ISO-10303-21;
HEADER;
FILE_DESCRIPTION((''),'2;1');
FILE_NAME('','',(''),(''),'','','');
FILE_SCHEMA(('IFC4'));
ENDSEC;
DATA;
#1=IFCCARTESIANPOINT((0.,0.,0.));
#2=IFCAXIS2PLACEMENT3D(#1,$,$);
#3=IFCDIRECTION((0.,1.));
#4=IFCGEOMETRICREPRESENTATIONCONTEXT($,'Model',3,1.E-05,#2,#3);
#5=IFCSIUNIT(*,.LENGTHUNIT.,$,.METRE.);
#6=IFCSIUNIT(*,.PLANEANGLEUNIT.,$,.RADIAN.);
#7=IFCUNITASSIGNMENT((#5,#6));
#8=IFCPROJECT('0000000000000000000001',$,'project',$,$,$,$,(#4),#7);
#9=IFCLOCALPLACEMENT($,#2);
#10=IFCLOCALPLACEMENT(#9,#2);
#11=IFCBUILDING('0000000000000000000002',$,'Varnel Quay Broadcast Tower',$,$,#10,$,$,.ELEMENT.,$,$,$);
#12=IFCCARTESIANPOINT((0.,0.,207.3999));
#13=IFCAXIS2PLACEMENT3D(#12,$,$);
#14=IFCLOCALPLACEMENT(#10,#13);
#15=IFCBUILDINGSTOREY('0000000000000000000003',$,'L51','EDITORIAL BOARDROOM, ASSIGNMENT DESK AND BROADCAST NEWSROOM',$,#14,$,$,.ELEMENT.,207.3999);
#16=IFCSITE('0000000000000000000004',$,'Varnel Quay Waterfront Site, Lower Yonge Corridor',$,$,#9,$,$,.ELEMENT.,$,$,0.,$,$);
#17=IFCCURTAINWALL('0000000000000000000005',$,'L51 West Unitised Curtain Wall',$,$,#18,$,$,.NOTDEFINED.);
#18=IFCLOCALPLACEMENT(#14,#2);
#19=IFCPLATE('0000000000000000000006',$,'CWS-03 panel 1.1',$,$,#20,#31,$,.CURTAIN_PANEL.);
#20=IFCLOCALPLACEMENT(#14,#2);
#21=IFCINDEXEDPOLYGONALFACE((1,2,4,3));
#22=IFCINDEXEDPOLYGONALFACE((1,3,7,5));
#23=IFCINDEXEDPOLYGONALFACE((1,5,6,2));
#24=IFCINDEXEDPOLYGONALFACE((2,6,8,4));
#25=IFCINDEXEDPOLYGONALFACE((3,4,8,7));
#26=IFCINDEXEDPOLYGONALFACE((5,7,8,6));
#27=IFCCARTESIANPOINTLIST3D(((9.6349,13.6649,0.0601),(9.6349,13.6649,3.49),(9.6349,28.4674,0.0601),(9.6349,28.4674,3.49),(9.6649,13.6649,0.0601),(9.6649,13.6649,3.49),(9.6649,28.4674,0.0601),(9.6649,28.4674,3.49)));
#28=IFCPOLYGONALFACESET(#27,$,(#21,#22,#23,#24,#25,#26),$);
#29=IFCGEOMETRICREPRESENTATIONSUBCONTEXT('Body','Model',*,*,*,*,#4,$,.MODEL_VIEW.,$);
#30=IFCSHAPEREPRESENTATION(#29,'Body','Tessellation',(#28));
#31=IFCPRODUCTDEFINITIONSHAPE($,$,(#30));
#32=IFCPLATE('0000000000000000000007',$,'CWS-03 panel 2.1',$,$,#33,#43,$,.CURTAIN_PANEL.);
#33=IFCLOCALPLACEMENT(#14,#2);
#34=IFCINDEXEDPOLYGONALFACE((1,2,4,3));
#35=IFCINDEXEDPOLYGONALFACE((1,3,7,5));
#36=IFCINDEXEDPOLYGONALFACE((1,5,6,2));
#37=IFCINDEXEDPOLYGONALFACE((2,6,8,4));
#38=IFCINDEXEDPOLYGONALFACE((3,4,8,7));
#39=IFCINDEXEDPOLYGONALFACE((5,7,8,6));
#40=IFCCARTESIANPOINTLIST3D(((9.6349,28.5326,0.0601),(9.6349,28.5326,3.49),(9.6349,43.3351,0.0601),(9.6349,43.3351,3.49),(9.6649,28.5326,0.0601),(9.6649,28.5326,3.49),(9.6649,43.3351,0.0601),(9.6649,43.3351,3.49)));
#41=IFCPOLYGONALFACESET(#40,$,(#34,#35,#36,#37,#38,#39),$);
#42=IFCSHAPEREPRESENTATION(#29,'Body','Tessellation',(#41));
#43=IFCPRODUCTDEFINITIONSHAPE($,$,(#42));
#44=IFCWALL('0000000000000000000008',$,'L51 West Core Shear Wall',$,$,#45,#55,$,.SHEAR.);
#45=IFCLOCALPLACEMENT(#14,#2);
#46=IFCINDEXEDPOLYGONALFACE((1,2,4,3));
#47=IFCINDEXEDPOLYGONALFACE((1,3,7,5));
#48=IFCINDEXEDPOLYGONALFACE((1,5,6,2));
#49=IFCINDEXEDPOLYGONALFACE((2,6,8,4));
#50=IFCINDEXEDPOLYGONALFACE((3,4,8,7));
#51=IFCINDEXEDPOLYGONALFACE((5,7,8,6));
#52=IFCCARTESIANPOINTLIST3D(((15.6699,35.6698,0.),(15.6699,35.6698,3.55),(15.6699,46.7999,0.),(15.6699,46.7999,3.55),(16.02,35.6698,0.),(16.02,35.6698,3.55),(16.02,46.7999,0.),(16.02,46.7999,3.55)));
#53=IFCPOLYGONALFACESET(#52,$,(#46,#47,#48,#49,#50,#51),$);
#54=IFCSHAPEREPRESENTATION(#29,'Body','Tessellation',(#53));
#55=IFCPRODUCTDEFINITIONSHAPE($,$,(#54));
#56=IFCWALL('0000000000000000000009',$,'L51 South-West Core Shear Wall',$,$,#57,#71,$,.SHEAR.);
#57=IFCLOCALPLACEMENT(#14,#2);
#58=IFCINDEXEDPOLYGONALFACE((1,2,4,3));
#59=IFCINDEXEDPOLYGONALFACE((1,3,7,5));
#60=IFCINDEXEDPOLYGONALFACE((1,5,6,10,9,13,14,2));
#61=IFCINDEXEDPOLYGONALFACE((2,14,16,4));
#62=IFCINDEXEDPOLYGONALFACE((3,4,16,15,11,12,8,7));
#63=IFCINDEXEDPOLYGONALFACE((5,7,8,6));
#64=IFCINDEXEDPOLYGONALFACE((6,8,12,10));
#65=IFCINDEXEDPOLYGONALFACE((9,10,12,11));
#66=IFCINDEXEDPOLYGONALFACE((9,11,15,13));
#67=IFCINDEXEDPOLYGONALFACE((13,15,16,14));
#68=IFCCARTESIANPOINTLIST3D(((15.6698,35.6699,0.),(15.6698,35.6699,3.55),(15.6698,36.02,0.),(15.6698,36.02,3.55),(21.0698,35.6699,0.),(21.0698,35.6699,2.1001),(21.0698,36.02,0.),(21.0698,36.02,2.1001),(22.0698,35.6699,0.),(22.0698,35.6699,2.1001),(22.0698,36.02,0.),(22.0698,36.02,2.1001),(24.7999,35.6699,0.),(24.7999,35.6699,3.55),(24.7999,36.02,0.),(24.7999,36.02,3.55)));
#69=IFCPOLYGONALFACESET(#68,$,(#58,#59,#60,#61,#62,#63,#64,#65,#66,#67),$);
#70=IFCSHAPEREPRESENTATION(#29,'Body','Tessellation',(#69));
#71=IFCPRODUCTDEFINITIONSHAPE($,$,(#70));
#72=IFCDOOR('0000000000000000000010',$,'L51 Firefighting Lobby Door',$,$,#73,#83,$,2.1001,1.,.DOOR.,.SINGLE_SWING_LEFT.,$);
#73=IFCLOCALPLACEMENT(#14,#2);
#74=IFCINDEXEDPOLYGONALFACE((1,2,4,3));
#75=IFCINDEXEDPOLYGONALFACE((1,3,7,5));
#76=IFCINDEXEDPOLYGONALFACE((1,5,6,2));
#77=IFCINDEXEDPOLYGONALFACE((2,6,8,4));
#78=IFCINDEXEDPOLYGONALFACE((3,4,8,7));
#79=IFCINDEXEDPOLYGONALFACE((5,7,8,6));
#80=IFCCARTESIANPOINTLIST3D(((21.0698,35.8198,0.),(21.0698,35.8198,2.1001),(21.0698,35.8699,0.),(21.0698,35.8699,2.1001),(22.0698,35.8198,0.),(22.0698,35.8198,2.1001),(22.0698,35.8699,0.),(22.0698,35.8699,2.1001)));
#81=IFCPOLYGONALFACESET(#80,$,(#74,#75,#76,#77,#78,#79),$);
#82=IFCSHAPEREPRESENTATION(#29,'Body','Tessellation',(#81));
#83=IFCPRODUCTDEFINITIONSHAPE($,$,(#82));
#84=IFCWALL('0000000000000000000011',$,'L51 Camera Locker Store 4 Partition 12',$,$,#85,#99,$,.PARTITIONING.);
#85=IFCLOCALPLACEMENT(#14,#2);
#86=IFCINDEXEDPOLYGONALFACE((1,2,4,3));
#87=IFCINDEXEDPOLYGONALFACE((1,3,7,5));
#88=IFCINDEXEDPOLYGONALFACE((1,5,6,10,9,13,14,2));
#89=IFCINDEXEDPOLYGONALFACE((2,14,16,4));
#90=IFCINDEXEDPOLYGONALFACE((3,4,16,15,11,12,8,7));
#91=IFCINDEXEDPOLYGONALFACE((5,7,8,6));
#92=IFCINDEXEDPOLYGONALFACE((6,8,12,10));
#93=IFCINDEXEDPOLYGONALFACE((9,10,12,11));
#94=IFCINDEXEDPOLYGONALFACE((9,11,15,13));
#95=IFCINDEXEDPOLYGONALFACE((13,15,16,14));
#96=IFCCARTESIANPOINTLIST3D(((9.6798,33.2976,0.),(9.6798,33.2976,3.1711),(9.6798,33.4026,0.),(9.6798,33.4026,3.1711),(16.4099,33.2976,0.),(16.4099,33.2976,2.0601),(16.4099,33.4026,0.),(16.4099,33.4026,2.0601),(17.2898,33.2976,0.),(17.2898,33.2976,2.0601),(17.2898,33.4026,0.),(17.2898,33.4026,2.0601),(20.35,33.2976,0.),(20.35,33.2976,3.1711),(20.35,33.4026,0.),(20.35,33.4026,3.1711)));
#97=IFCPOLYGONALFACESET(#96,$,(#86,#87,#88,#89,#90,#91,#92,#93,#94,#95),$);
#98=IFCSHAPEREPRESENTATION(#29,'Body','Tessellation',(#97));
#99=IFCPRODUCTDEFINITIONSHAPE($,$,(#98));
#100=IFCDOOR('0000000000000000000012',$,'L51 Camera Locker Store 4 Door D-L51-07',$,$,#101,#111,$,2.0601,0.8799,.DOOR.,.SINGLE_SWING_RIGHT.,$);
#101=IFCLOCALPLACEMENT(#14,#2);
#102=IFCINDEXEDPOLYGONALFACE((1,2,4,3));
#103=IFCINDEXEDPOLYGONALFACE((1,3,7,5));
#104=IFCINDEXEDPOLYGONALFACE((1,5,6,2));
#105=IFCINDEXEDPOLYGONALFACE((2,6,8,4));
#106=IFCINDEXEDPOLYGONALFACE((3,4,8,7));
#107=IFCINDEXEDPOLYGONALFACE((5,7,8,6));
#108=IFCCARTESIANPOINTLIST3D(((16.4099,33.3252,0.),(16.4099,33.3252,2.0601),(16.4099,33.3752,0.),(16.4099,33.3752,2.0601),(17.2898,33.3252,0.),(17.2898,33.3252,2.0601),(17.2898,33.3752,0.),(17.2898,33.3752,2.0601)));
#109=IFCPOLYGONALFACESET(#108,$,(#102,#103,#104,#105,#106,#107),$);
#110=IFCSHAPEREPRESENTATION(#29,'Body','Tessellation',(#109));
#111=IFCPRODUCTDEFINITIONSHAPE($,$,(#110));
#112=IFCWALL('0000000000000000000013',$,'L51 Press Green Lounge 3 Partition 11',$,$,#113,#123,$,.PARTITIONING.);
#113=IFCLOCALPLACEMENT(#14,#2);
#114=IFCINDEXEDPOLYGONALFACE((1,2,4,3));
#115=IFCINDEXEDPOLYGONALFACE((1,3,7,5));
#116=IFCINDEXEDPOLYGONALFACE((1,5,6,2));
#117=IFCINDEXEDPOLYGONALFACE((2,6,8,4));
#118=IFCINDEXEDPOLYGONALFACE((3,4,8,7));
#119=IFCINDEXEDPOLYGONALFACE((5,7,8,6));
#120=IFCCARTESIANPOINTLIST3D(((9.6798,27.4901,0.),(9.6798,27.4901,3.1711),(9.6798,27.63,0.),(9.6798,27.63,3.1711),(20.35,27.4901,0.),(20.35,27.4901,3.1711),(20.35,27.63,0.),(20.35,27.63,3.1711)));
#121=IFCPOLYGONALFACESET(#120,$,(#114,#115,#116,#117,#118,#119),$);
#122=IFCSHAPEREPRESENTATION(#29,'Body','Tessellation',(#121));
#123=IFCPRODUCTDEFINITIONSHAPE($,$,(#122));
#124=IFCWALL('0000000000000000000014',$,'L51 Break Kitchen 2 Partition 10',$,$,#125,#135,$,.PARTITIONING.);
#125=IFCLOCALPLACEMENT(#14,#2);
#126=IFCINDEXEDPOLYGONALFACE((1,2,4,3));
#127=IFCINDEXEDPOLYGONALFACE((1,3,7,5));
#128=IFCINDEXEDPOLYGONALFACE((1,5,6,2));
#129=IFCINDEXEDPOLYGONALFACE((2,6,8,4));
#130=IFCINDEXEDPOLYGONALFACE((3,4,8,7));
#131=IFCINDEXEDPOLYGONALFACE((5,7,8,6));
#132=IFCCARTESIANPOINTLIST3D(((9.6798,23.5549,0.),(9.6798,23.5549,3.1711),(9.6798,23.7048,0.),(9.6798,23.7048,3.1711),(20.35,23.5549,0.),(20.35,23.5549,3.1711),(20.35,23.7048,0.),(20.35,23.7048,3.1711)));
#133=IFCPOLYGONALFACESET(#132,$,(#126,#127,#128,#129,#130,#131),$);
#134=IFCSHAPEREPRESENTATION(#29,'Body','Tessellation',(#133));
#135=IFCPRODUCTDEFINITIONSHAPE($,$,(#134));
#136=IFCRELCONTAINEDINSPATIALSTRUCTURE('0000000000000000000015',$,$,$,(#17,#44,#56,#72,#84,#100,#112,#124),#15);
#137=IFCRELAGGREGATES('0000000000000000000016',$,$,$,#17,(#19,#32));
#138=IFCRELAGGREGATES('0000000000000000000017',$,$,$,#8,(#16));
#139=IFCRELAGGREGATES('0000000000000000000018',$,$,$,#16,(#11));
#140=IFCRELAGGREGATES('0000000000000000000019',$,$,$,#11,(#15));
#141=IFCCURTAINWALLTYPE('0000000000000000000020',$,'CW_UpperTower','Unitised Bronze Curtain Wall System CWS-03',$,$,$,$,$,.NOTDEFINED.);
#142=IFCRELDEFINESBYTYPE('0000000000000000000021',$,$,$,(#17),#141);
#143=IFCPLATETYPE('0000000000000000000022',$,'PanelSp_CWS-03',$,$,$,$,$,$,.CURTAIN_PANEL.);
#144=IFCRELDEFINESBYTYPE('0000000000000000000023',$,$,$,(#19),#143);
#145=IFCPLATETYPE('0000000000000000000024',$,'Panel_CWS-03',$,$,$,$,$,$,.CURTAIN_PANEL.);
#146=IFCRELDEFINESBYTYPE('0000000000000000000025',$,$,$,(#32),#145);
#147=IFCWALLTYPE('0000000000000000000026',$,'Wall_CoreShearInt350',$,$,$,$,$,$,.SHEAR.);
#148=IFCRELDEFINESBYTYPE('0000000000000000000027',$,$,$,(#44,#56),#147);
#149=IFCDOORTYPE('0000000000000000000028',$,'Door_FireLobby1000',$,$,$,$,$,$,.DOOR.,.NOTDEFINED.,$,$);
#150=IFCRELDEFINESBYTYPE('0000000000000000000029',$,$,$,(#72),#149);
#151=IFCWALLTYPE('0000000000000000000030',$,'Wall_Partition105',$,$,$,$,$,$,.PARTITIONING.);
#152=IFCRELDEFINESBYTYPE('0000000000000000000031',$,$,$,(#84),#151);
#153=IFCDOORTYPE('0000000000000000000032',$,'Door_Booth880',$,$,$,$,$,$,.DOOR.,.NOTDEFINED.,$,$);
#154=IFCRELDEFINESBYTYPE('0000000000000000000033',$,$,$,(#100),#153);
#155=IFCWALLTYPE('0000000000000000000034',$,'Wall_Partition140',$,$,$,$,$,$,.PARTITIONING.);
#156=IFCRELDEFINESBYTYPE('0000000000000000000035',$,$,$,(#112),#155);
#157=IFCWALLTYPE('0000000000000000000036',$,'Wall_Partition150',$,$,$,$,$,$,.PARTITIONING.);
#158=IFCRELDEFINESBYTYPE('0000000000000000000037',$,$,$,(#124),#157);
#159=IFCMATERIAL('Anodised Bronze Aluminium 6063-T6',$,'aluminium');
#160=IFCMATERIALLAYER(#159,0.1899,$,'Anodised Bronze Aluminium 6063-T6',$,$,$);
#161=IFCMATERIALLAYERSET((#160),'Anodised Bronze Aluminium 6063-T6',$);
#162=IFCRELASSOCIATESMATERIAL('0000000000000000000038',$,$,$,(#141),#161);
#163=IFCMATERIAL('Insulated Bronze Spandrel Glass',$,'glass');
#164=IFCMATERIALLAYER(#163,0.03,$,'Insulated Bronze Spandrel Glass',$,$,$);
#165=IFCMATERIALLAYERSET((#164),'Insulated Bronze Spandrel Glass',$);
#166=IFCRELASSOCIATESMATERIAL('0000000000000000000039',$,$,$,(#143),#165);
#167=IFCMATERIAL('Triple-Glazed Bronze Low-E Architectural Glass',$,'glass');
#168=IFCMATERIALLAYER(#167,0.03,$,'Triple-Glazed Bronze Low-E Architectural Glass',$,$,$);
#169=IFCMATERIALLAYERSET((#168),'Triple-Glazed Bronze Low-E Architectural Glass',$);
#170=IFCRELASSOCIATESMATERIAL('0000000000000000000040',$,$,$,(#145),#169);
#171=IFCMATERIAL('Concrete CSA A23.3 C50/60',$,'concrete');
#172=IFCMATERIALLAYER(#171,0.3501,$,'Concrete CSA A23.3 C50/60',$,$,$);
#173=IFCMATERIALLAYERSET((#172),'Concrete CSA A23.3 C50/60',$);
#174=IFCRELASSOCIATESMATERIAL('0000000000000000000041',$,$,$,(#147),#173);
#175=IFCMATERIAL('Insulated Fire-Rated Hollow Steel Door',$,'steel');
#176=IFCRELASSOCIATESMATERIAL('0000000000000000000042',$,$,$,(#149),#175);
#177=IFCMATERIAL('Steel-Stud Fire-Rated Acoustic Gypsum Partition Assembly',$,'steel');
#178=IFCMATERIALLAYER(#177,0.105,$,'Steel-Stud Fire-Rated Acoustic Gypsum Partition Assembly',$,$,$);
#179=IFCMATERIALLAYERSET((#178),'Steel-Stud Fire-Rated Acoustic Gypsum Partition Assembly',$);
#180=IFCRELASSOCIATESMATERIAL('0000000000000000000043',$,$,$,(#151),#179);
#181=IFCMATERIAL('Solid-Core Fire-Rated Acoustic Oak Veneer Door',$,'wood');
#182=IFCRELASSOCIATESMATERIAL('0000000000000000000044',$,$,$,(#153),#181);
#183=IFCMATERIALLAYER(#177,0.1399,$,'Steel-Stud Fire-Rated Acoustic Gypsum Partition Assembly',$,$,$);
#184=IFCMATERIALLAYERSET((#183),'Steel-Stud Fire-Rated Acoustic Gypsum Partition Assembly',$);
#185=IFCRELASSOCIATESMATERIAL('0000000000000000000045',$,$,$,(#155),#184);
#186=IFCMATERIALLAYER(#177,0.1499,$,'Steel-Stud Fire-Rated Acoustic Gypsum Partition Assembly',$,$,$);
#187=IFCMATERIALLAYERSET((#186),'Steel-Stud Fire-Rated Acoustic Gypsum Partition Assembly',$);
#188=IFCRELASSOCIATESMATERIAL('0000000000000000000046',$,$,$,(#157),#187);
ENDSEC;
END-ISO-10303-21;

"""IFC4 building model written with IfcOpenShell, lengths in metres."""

from ifc_helpers import new_model, si_unit, direction, frame, frame_2d, origin, origin_2d, place, context, subcontext, project, spatial, rectangle, extrude, source, transform, mapped, material, layer, layer_set, type_object, type_shapes, element, fill, aggregate, save


model = new_model("IFC4")

# Units and contexts
model_context = context("Model", 3, precision=1e-05, world=origin(), true_north=direction((0.0, 1.0)))
body_context = subcontext(model_context, "Body", "Model", "MODEL_VIEW")
ifc_project = project(units=[si_unit("LENGTHUNIT", "METRE"), si_unit("PLANEANGLEUNIT", "RADIAN")], contexts=[model_context])

# Site, building, storey
site_placement = place(None, origin())
site = spatial("IfcSite", under=ifc_project, at=site_placement, Name="Varnel Quay Waterfront Site, Lower Yonge Corridor", CompositionType="ELEMENT", RefElevation=0.0)
building_placement = place(site_placement, origin())
building = spatial("IfcBuilding", under=site, at=building_placement, Name="Varnel Quay Broadcast Tower", CompositionType="ELEMENT")
storey_placement = place(building_placement, frame((0.0, 0.0, 207.3999)))
storey = spatial("IfcBuildingStorey", under=building, at=storey_placement, Name="L51", Description="EDITORIAL BOARDROOM, ASSIGNMENT DESK AND BROADCAST NEWSROOM", CompositionType="ELEMENT", Elevation=207.3999)

# Shared definitions
ifc_material_1 = material(Name="Concrete CSA A23.3 C50/60", Category="concrete")

# Curtain wall
ifc_material_2 = material(Name="Anodised Bronze Aluminium 6063-T6", Category="aluminium")
ifc_layer_1 = layer(ifc_material_2, 0.1899, Name="Anodised Bronze Aluminium 6063-T6")
ifc_layer_set_1 = layer_set([ifc_layer_1], Name="Anodised Bronze Aluminium 6063-T6")
curtain_wall_type = type_object("IfcCurtainWallType", Name="CW_UpperTower", Description="Unitised Bronze Curtain Wall System CWS-03", PredefinedType="NOTDEFINED", material=ifc_layer_set_1)
curtain_wall_placement = place(storey_placement, origin())
curtain_wall = element("IfcCurtainWall", 1, at=curtain_wall_placement, inside=storey, type_object=curtain_wall_type, Name="L51 West Unitised Curtain Wall", PredefinedType="NOTDEFINED")

# Plates
ifc_material_3 = material(Name="Insulated Bronze Spandrel Glass", Category="glass")
ifc_layer_2 = layer(ifc_material_3, 0.03, Name="Insulated Bronze Spandrel Glass")
ifc_layer_set_2 = layer_set([ifc_layer_2], Name="Insulated Bronze Spandrel Glass")
plate_type_1 = type_object("IfcPlateType", Name="PanelSp_CWS-03", PredefinedType="CURTAIN_PANEL", material=ifc_layer_set_2)
shared_shape_1 = source(origin(), body_context, "Body", "SweptSolid", [
    extrude(rectangle(XDim=14.8025, YDim=0.03, at=origin_2d()), origin(), (0.0, 0.0, 1.0), 3.4299),
])
type_shapes(plate_type_1, [shared_shape_1])
plate_1_placement = place(storey_placement, frame((9.6499, 21.0662, 0.0601), z_axis=(0.0, 0.0, 1.0), x_axis=(0.0, 1.0, 0.0)))
plate_1 = element("IfcPlate", 2, at=plate_1_placement, type_object=plate_type_1, Name="CWS-03 panel 1.1", PredefinedType="CURTAIN_PANEL", context=body_context, shape_type="MappedRepresentation", body=[
    mapped(shared_shape_1, transform((0.0, 0.0, 0.0), x_axis=(1.0, 0.0, 0.0), y_axis=(0.0, 1.0, 0.0), z_axis=(0.0, 0.0, 1.0), scale=1.0)),
])
ifc_material_4 = material(Name="Triple-Glazed Bronze Low-E Architectural Glass", Category="glass")
ifc_layer_3 = layer(ifc_material_4, 0.03, Name="Triple-Glazed Bronze Low-E Architectural Glass")
ifc_layer_set_3 = layer_set([ifc_layer_3], Name="Triple-Glazed Bronze Low-E Architectural Glass")
plate_type_2 = type_object("IfcPlateType", Name="Panel_CWS-03", PredefinedType="CURTAIN_PANEL", material=ifc_layer_set_3)
shared_shape_2 = source(origin(), body_context, "Body", "SweptSolid", [
    extrude(rectangle(XDim=14.8025, YDim=0.03, at=origin_2d()), origin(), (0.0, 0.0, 1.0), 3.4299),
])
type_shapes(plate_type_2, [shared_shape_2])
plate_2_placement = place(storey_placement, frame((9.6499, 35.9338, 0.0601), z_axis=(0.0, 0.0, 1.0), x_axis=(0.0, 1.0, 0.0)))
plate_2 = element("IfcPlate", 3, at=plate_2_placement, type_object=plate_type_2, Name="CWS-03 panel 2.1", PredefinedType="CURTAIN_PANEL", context=body_context, shape_type="MappedRepresentation", body=[
    mapped(shared_shape_2, transform((0.0, 0.0, 0.0), x_axis=(1.0, 0.0, 0.0), y_axis=(0.0, 1.0, 0.0), z_axis=(0.0, 0.0, 1.0), scale=1.0)),
])
aggregate(curtain_wall, [plate_1, plate_2])

# Wall
ifc_layer_4 = layer(ifc_material_1, 0.3501, Name="Concrete CSA A23.3 C50/60")
ifc_layer_set_4 = layer_set([ifc_layer_4], Name="Concrete CSA A23.3 C50/60")
wall_type_1 = type_object("IfcWallType", Name="Wall_CoreShearInt350", PredefinedType="SHEAR", material=ifc_layer_set_4)
wall_1_placement = place(storey_placement, frame((15.845, 35.6699, 0.0), z_axis=(0.0, 0.0, 1.0), x_axis=(0.0, 1.0, 0.0)))
element("IfcWall", 4, at=wall_1_placement, inside=storey, type_object=wall_type_1, Name="L51 West Core Shear Wall", PredefinedType="SHEAR", context=body_context, shape_type="SweptSolid", body=[
    extrude(rectangle(XDim=11.1301, YDim=0.3501, at=frame_2d((5.5649, 0.0))), origin(), (0.0, 0.0, 1.0), 3.55),
])

# Walls, openings, doors
wall_2_placement = place(storey_placement, frame((15.6699, 35.845, 0.0), z_axis=(0.0, 0.0, 1.0), x_axis=(1.0, 0.0, 0.0)))
wall_2 = element("IfcWall", 5, at=wall_2_placement, inside=storey, type_object=wall_type_1, Name="L51 South-West Core Shear Wall", PredefinedType="SHEAR", context=body_context, shape_type="SweptSolid", body=[
    extrude(rectangle(XDim=9.1301, YDim=0.3501, at=frame_2d((4.5649, 0.0))), origin(), (0.0, 0.0, 1.0), 3.55),
])
opening_1_placement = place(wall_2_placement, frame((5.3999, 0.0, 0.0)))
opening_1 = element("IfcOpeningElement", 6, at=opening_1_placement, cuts=wall_2, PredefinedType="OPENING", context=body_context, shape_type="SweptSolid", body=[
    extrude(rectangle(XDim=1.0, YDim=2.1001, at=frame_2d((0.5, 1.05))), frame((0.0, 0.1851, 0.0), z_axis=(0.0, -1.0, 0.0), x_axis=(1.0, 0.0, 0.0)), (0.0, 0.0, 1.0), 0.3701),
])
ifc_material_5 = material(Name="Insulated Fire-Rated Hollow Steel Door", Category="steel")
door_type_1 = type_object("IfcDoorType", Name="Door_FireLobby1000", OperationType="NOTDEFINED", PredefinedType="DOOR", material=ifc_material_5)
shared_shape_3 = source(origin(), body_context, "Body", "SweptSolid", [
    extrude(rectangle(XDim=1.0, YDim=2.1001, at=frame_2d((0.5, 1.05))), frame((0.0, 0.0249, 0.0), z_axis=(0.0, -1.0, 0.0), x_axis=(1.0, 0.0, 0.0)), (0.0, 0.0, 1.0), 0.05),
])
type_shapes(door_type_1, [shared_shape_3])
door_1_placement = place(opening_1_placement, origin())
door_1 = element("IfcDoor", 7, at=door_1_placement, inside=storey, type_object=door_type_1, Name="L51 Firefighting Lobby Door", OperationType="SINGLE_SWING_LEFT", OverallHeight=2.1001, OverallWidth=1.0, PredefinedType="DOOR", context=body_context, shape_type="MappedRepresentation", body=[
    mapped(shared_shape_3, transform((0.0, 0.0, 0.0), x_axis=(1.0, 0.0, 0.0), y_axis=(0.0, 1.0, 0.0), z_axis=(0.0, 0.0, 1.0), scale=1.0)),
])
fill(opening_1, door_1)
ifc_material_6 = material(Name="Steel-Stud Fire-Rated Acoustic Gypsum Partition Assembly", Category="steel")
ifc_layer_5 = layer(ifc_material_6, 0.105, Name="Steel-Stud Fire-Rated Acoustic Gypsum Partition Assembly")
ifc_layer_set_5 = layer_set([ifc_layer_5], Name="Steel-Stud Fire-Rated Acoustic Gypsum Partition Assembly")
wall_type_2 = type_object("IfcWallType", Name="Wall_Partition105", PredefinedType="PARTITIONING", material=ifc_layer_set_5)
wall_3_placement = place(storey_placement, frame((9.6799, 33.3501, 0.0), z_axis=(0.0, 0.0, 1.0), x_axis=(1.0, 0.0, 0.0)))
wall_3 = element("IfcWall", 8, at=wall_3_placement, inside=storey, type_object=wall_type_2, Name="L51 Camera Locker Store 4 Partition 12", PredefinedType="PARTITIONING", context=body_context, shape_type="SweptSolid", body=[
    extrude(rectangle(XDim=10.6702, YDim=0.105, at=frame_2d((5.335, 0.0))), origin(), (0.0, 0.0, 1.0), 3.1711),
])
opening_2_placement = place(wall_3_placement, frame((6.73, 0.0, 0.0)))
opening_2 = element("IfcOpeningElement", 9, at=opening_2_placement, cuts=wall_3, PredefinedType="OPENING", context=body_context, shape_type="SweptSolid", body=[
    extrude(rectangle(XDim=0.8799, YDim=2.0601, at=frame_2d((0.4399, 1.03))), frame((0.0, 0.0625, 0.0), z_axis=(0.0, -1.0, 0.0), x_axis=(1.0, 0.0, 0.0)), (0.0, 0.0, 1.0), 0.125),
])
ifc_material_7 = material(Name="Solid-Core Fire-Rated Acoustic Oak Veneer Door", Category="wood")
door_type_2 = type_object("IfcDoorType", Name="Door_Booth880", OperationType="NOTDEFINED", PredefinedType="DOOR", material=ifc_material_7)
shared_shape_4 = source(origin(), body_context, "Body", "SweptSolid", [
    extrude(rectangle(XDim=0.8799, YDim=2.0601, at=frame_2d((0.4399, 1.03))), frame((0.0, 0.0249, 0.0), z_axis=(0.0, -1.0, 0.0), x_axis=(1.0, 0.0, 0.0)), (0.0, 0.0, 1.0), 0.05),
])
type_shapes(door_type_2, [shared_shape_4])
door_2_placement = place(opening_2_placement, frame((0.8799, 0.0, 0.0), z_axis=(0.0, 0.0, 1.0), x_axis=(-1.0, 0.0, 0.0)))
door_2 = element("IfcDoor", 10, at=door_2_placement, inside=storey, type_object=door_type_2, Name="L51 Camera Locker Store 4 Door D-L51-07", OperationType="SINGLE_SWING_RIGHT", OverallHeight=2.0601, OverallWidth=0.8799, PredefinedType="DOOR", context=body_context, shape_type="MappedRepresentation", body=[
    mapped(shared_shape_4, transform((0.0, 0.0, 0.0), x_axis=(1.0, 0.0, 0.0), y_axis=(0.0, 1.0, 0.0), z_axis=(0.0, 0.0, 1.0), scale=1.0)),
])
fill(opening_2, door_2)

# Walls
ifc_layer_6 = layer(ifc_material_6, 0.1399, Name="Steel-Stud Fire-Rated Acoustic Gypsum Partition Assembly")
ifc_layer_set_6 = layer_set([ifc_layer_6], Name="Steel-Stud Fire-Rated Acoustic Gypsum Partition Assembly")
wall_type_3 = type_object("IfcWallType", Name="Wall_Partition140", PredefinedType="PARTITIONING", material=ifc_layer_set_6)
wall_4_placement = place(storey_placement, frame((9.6799, 27.5601, 0.0), z_axis=(0.0, 0.0, 1.0), x_axis=(1.0, 0.0, 0.0)))
element("IfcWall", 11, at=wall_4_placement, inside=storey, type_object=wall_type_3, Name="L51 Press Green Lounge 3 Partition 11", PredefinedType="PARTITIONING", context=body_context, shape_type="SweptSolid", body=[
    extrude(rectangle(XDim=10.6702, YDim=0.1399, at=frame_2d((5.335, 0.0))), origin(), (0.0, 0.0, 1.0), 3.1711),
])
ifc_layer_7 = layer(ifc_material_6, 0.1499, Name="Steel-Stud Fire-Rated Acoustic Gypsum Partition Assembly")
ifc_layer_set_7 = layer_set([ifc_layer_7], Name="Steel-Stud Fire-Rated Acoustic Gypsum Partition Assembly")
wall_type_4 = type_object("IfcWallType", Name="Wall_Partition150", PredefinedType="PARTITIONING", material=ifc_layer_set_7)
wall_5_placement = place(storey_placement, frame((9.6799, 23.6299, 0.0), z_axis=(0.0, 0.0, 1.0), x_axis=(1.0, 0.0, 0.0)))
element("IfcWall", 12, at=wall_5_placement, inside=storey, type_object=wall_type_4, Name="L51 Break Kitchen 2 Partition 10", PredefinedType="PARTITIONING", context=body_context, shape_type="SweptSolid", body=[
    extrude(rectangle(XDim=10.6702, YDim=0.1499, at=frame_2d((5.335, 0.0))), origin(), (0.0, 0.0, 1.0), 3.1711),
])

save(model, "model.ifc")
